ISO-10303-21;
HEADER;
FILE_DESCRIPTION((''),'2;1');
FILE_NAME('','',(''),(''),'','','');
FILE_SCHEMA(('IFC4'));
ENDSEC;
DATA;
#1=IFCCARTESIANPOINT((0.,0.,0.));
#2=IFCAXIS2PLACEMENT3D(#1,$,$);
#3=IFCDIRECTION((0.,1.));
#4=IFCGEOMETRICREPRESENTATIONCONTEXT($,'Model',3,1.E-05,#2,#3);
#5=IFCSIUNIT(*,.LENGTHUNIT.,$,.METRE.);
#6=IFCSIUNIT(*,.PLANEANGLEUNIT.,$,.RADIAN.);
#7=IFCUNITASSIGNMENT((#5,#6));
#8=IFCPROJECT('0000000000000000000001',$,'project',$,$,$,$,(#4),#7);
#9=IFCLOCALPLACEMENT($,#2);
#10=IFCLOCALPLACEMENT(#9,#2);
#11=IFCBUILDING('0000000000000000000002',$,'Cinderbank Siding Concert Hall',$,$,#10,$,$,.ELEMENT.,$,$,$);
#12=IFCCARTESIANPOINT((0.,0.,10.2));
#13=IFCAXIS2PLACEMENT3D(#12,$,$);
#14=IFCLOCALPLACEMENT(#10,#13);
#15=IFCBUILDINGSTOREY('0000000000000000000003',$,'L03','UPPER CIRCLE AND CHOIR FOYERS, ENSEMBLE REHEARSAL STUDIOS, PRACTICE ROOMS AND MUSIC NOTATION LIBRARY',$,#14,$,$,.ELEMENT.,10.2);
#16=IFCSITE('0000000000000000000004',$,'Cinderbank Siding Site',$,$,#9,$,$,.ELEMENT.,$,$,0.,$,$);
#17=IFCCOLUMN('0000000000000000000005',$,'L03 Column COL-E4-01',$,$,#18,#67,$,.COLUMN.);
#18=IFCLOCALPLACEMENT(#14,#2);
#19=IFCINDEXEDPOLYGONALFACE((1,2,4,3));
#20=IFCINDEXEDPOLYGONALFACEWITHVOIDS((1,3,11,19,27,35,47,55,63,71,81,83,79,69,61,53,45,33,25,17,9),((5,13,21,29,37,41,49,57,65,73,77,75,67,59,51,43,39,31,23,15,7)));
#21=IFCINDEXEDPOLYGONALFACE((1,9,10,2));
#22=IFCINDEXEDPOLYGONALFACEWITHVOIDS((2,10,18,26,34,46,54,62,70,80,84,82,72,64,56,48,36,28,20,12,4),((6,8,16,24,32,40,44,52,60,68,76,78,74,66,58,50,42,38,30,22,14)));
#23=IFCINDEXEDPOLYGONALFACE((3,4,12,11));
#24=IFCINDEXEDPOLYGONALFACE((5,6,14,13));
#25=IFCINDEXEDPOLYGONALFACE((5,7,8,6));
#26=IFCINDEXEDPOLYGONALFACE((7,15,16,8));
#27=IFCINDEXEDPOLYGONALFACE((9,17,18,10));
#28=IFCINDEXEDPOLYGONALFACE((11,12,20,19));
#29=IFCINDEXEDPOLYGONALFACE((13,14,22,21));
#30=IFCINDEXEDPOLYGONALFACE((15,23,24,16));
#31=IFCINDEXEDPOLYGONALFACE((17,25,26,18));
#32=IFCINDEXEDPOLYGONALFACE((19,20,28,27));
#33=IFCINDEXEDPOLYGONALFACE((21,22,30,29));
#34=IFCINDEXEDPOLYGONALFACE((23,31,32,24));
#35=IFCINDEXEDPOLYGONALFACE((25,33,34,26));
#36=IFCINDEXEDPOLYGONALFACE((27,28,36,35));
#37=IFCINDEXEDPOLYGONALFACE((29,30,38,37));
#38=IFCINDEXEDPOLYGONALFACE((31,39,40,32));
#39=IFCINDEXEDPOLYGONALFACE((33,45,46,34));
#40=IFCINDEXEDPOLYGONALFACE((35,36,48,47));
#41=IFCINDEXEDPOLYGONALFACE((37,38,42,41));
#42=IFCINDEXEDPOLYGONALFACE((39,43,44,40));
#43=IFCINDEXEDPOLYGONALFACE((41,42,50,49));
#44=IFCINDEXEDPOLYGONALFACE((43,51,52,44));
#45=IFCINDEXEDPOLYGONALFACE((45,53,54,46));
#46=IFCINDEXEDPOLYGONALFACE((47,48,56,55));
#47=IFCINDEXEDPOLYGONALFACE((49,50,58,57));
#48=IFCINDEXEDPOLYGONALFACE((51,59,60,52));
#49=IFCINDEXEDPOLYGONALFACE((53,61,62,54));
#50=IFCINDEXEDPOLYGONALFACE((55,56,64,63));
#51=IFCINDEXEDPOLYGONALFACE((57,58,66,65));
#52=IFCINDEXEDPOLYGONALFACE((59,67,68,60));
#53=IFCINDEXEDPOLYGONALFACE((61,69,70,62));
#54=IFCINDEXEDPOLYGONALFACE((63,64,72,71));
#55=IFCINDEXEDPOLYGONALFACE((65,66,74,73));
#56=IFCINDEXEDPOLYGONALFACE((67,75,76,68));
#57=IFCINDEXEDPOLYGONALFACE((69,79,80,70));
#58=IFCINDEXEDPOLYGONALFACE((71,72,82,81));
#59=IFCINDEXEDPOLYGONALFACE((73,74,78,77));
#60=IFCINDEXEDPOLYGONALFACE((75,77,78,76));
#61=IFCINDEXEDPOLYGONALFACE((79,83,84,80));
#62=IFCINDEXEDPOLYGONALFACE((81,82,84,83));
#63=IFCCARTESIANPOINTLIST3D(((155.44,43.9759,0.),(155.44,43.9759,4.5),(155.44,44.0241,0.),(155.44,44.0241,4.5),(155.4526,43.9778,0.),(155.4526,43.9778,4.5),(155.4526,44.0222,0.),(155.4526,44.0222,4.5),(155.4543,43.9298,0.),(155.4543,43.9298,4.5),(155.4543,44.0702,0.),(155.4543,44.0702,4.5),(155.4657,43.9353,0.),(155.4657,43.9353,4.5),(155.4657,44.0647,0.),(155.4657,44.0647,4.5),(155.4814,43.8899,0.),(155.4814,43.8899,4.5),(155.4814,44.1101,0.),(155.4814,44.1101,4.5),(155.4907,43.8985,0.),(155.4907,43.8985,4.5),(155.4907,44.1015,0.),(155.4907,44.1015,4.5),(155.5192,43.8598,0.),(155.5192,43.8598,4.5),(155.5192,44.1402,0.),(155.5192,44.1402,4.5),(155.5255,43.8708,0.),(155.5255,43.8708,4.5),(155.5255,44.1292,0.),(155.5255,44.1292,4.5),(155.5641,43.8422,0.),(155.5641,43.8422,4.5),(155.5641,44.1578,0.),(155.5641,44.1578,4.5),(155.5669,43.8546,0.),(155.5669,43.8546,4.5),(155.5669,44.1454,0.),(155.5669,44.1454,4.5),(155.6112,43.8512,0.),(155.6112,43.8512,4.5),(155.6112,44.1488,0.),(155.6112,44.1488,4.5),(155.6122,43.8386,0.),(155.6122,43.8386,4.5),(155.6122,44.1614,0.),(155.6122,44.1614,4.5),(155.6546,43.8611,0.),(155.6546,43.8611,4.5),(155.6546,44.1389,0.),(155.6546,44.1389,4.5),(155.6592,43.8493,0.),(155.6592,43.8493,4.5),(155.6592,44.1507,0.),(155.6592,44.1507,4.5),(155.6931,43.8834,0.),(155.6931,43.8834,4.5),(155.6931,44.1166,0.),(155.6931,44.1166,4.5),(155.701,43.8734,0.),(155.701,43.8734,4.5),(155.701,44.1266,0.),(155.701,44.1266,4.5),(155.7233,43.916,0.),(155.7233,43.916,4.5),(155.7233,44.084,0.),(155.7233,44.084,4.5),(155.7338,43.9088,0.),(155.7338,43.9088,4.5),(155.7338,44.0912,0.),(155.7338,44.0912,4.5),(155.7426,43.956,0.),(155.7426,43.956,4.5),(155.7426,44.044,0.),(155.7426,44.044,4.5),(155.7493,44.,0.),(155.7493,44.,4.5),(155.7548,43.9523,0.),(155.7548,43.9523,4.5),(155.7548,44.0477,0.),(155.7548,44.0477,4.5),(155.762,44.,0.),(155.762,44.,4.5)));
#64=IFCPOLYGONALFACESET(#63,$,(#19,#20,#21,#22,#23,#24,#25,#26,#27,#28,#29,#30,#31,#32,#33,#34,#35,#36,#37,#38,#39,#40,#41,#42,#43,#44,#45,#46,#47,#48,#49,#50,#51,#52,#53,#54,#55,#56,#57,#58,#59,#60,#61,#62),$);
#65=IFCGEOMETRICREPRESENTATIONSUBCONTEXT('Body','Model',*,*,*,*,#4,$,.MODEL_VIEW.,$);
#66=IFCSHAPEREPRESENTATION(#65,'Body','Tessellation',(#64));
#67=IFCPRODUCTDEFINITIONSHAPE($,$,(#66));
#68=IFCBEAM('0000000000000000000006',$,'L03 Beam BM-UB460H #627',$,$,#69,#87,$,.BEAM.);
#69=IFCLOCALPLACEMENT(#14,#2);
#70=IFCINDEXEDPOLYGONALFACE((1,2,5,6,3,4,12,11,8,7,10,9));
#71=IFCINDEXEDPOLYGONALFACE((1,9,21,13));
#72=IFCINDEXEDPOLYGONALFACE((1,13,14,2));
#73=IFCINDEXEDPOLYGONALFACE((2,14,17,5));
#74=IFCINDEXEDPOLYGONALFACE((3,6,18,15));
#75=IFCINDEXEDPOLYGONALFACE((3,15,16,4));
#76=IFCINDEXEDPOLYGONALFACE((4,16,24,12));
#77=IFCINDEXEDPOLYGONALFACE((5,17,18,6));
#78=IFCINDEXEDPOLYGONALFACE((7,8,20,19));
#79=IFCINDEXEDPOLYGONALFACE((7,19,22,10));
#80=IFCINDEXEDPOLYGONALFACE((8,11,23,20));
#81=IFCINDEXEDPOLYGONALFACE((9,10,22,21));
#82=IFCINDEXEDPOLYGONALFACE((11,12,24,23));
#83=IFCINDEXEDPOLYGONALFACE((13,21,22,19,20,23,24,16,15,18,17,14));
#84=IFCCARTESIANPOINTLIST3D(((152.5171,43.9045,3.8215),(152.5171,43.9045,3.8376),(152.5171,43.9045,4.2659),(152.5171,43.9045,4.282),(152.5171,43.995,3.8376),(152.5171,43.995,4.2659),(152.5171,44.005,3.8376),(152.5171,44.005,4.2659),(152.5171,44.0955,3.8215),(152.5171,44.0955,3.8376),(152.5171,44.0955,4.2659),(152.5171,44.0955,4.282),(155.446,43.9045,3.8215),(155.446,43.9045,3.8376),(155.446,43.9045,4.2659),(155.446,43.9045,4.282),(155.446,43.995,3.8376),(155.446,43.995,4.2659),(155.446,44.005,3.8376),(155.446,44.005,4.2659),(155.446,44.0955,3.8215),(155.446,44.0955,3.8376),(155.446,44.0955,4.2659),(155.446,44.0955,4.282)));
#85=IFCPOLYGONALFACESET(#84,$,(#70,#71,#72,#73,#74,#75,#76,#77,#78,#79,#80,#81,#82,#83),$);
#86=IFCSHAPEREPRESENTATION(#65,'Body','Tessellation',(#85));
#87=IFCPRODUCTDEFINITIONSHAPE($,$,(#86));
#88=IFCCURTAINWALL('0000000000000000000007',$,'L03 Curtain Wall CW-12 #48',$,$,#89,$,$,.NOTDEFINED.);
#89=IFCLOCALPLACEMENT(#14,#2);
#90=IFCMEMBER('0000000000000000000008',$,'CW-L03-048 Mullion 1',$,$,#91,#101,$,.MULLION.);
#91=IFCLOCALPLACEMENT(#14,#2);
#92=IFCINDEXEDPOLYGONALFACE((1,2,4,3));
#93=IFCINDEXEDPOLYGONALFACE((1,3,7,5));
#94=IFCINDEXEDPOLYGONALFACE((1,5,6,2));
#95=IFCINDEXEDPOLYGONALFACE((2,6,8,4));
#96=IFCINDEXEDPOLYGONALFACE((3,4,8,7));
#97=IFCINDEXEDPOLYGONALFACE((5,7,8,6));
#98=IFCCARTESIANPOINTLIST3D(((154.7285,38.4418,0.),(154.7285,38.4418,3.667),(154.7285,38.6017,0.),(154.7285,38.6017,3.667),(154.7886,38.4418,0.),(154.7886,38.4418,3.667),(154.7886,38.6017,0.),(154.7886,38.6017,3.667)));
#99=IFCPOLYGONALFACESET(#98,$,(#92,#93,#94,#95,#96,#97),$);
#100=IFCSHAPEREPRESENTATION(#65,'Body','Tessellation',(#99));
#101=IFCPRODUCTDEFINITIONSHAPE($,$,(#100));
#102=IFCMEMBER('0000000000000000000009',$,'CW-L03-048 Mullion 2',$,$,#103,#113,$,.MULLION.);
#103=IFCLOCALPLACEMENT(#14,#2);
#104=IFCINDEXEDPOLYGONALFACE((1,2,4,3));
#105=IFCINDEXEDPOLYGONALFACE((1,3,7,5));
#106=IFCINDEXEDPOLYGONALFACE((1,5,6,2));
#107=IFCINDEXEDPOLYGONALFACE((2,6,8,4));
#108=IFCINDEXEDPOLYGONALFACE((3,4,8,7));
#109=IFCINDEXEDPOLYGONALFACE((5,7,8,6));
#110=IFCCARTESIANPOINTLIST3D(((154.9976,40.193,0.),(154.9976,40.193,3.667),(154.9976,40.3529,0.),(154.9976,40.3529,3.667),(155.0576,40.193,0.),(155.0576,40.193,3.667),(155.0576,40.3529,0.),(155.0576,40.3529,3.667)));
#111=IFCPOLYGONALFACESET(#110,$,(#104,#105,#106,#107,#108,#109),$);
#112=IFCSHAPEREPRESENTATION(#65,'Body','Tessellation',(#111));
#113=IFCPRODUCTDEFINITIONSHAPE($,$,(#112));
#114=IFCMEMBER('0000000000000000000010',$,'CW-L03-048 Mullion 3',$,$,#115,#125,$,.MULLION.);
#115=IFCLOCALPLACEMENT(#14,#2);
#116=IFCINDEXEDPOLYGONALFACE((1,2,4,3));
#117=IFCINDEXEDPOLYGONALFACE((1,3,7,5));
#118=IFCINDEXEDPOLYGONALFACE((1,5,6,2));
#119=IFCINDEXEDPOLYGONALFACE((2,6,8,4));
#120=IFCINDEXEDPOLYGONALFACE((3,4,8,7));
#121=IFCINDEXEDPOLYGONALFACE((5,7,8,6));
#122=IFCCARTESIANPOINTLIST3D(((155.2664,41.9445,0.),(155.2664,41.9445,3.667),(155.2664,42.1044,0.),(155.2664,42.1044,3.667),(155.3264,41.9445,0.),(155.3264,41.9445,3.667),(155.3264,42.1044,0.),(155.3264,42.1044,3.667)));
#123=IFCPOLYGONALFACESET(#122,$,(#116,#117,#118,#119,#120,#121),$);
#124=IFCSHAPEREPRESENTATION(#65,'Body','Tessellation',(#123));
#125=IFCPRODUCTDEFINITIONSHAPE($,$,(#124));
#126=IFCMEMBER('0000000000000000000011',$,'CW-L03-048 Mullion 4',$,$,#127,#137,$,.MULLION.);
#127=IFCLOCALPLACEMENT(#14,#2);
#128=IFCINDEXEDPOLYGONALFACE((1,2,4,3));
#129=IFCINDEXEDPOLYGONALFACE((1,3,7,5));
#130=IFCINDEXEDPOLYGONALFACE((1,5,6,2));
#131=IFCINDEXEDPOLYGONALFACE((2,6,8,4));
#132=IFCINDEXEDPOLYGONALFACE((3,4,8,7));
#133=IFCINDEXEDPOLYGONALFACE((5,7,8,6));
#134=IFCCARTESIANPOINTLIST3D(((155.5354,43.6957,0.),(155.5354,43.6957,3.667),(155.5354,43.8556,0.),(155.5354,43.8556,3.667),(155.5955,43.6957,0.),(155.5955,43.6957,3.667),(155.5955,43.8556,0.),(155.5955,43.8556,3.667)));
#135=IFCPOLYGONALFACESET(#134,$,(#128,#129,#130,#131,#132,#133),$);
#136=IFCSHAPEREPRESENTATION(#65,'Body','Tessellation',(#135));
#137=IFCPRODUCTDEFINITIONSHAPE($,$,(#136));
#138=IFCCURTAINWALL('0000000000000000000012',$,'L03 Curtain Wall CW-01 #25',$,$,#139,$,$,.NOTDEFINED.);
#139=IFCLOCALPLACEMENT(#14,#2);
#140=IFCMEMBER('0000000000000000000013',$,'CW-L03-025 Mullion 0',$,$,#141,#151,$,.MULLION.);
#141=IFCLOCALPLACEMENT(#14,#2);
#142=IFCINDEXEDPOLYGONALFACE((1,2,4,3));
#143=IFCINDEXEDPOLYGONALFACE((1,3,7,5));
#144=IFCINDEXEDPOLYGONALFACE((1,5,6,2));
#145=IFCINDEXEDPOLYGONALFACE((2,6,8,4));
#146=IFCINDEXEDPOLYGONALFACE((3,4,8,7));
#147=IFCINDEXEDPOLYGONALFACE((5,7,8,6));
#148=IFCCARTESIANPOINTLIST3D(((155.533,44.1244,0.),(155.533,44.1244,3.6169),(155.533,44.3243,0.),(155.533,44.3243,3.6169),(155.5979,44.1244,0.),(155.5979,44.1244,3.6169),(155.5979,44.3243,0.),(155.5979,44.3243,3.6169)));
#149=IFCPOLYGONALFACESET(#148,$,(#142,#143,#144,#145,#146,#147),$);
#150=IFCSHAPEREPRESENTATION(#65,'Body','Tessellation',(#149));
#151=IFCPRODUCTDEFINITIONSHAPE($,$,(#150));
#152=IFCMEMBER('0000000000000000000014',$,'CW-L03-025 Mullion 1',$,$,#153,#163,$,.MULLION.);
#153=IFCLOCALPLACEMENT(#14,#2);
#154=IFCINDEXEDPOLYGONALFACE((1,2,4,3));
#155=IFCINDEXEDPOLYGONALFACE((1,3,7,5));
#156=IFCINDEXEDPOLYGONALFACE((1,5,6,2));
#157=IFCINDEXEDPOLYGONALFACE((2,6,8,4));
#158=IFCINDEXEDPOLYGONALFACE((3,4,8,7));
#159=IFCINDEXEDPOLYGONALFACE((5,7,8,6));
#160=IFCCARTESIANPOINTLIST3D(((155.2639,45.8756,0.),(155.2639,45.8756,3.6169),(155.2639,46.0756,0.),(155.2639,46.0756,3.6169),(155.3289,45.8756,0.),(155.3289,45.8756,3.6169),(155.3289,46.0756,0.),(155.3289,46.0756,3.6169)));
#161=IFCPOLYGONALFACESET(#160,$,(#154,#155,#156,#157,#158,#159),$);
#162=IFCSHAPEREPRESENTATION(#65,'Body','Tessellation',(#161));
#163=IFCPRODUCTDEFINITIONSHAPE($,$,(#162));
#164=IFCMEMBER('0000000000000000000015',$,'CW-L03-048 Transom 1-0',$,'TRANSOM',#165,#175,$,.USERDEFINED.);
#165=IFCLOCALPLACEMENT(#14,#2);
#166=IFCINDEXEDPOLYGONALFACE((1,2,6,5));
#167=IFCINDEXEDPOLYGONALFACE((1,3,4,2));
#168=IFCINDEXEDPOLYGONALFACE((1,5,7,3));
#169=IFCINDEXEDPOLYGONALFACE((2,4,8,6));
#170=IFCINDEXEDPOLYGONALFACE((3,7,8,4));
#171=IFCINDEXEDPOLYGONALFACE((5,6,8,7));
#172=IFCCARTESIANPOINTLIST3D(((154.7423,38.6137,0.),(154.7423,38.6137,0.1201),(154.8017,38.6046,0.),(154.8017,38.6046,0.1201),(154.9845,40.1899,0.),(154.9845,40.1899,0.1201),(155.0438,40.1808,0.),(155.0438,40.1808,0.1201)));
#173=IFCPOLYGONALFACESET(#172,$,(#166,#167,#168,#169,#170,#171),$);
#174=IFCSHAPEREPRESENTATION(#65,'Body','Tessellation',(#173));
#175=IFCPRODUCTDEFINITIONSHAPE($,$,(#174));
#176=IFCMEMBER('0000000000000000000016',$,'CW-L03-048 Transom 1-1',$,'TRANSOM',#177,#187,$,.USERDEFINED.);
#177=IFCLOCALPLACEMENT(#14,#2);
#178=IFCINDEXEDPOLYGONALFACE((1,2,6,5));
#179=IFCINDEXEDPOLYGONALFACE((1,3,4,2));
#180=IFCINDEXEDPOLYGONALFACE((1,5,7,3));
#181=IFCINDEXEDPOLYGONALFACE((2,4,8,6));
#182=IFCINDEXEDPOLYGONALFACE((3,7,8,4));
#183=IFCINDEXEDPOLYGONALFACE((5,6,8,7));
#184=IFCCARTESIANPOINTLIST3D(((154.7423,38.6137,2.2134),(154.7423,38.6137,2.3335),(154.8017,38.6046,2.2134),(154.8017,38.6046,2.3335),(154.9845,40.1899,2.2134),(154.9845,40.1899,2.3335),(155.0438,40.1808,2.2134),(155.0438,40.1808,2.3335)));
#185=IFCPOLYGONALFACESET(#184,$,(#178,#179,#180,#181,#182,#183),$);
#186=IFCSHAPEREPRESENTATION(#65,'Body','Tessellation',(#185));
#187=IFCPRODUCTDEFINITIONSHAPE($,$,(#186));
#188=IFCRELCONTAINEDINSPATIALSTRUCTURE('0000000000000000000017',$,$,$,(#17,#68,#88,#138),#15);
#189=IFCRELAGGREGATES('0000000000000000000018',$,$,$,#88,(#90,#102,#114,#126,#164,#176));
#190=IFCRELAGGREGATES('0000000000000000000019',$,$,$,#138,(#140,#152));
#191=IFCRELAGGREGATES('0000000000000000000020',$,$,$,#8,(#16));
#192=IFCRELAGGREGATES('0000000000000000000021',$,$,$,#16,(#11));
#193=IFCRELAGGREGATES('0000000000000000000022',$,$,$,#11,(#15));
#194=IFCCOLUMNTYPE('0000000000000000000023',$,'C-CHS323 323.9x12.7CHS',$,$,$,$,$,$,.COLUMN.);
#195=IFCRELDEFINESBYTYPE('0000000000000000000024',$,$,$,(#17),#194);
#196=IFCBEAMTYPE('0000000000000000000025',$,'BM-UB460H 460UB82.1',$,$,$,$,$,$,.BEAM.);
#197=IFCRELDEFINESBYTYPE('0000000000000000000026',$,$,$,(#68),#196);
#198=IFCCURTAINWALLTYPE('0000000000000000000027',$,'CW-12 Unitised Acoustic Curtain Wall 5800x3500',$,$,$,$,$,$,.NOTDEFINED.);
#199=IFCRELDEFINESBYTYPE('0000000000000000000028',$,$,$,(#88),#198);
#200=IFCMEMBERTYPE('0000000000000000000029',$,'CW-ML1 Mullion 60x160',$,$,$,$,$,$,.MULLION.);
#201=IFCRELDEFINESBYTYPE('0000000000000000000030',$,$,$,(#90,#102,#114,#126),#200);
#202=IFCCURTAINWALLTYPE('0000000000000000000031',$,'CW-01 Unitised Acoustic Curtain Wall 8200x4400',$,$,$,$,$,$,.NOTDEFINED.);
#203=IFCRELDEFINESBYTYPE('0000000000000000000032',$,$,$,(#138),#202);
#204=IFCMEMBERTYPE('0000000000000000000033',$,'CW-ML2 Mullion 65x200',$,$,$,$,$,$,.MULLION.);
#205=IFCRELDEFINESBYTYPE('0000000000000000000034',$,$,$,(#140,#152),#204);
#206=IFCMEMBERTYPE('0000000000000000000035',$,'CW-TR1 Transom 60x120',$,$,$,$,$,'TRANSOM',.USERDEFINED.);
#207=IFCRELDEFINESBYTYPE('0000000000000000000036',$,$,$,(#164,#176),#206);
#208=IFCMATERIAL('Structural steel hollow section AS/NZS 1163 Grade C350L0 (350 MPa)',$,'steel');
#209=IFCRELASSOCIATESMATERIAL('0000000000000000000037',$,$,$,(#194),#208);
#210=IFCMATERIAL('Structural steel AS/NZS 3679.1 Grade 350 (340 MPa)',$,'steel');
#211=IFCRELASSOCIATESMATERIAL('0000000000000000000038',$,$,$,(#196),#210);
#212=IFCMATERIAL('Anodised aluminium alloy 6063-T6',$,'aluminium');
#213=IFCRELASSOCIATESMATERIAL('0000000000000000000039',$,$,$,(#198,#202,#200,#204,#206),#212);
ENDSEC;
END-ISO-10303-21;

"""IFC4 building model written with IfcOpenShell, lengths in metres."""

from ifc_helpers import new_model, si_unit, direction, frame, origin, origin_2d, place, context, subcontext, project, spatial, rectangle, hollow_circle, i_section, extrude, material, material_profile, profile_set, type_object, element, aggregate, save


model = new_model("IFC4")

# Units and contexts
model_context = context("Model", 3, precision=1e-05, world=origin(), true_north=direction((0.0, 1.0)))
body_context = subcontext(model_context, "Body", "Model", "MODEL_VIEW")
ifc_project = project(units=[si_unit("LENGTHUNIT", "METRE"), si_unit("PLANEANGLEUNIT", "RADIAN")], contexts=[model_context])

# Site, building, storey
site_placement = place(None, origin())
site = spatial("IfcSite", under=ifc_project, at=site_placement, Name="Cinderbank Siding Site", CompositionType="ELEMENT", RefElevation=0.0)
building_placement = place(site_placement, origin())
building = spatial("IfcBuilding", under=site, at=building_placement, Name="Cinderbank Siding Concert Hall", CompositionType="ELEMENT")
storey_placement = place(building_placement, frame((0.0, 0.0, 10.2)))
storey = spatial("IfcBuildingStorey", under=building, at=storey_placement, Name="L03", Description="UPPER CIRCLE AND CHOIR FOYERS, ENSEMBLE REHEARSAL STUDIOS, PRACTICE ROOMS AND MUSIC NOTATION LIBRARY", CompositionType="ELEMENT", Elevation=10.2)

# Column
ifc_material_1 = material(Name="Structural steel hollow section AS/NZS 1163 Grade C350L0 (350 MPa)", Category="steel")
ifc_material_profile_1 = material_profile(ifc_material_1, hollow_circle(Radius=0.1619, WallThickness=0.0127, at=origin_2d()), Name="323.9x12.7CHS", Category="LoadBearing")
ifc_profile_set_1 = profile_set([ifc_material_profile_1], Name="Structural steel hollow section AS/NZS 1163 Grade C350L0 (350 MPa)")
column_type = type_object("IfcColumnType", Name="C-CHS323 323.9x12.7CHS", PredefinedType="COLUMN", material=ifc_profile_set_1)
column_placement = place(storey_placement, frame((155.6001, 44.0, 0.0), z_axis=(0.0, 0.0, 1.0), x_axis=(1.0, 0.0, 0.0)))
element("IfcColumn", 1, at=column_placement, inside=storey, type_object=column_type, Name="L03 Column COL-E4-01", PredefinedType="COLUMN", context=body_context, shape_type="SweptSolid", body=[
    extrude(hollow_circle(Radius=0.1619, WallThickness=0.0127, at=origin_2d()), origin(), (0.0, 0.0, 1.0), 4.5),
])

# Beam
ifc_material_2 = material(Name="Structural steel AS/NZS 3679.1 Grade 350 (340 MPa)", Category="steel")
ifc_material_profile_2 = material_profile(ifc_material_2, i_section(OverallWidth=0.1909, OverallDepth=0.4604, WebThickness=0.01, FlangeThickness=0.0161, at=origin_2d()), Name="460UB82.1", Category="LoadBearing")
ifc_profile_set_2 = profile_set([ifc_material_profile_2], Name="Structural steel AS/NZS 3679.1 Grade 350 (340 MPa)")
beam_type_1 = type_object("IfcBeamType", Name="BM-UB460H 460UB82.1", PredefinedType="BEAM", material=ifc_profile_set_2)
beam_1_placement = place(storey_placement, frame((152.5171, 44.0, 4.0518), z_axis=(1.0, 0.0, 0.0), x_axis=(0.0, 1.0, 0.0)))
element("IfcBeam", 2, at=beam_1_placement, inside=storey, type_object=beam_type_1, Name="L03 Beam BM-UB460H #627", PredefinedType="BEAM", context=body_context, shape_type="SweptSolid", body=[
    extrude(i_section(OverallWidth=0.1909, OverallDepth=0.4604, WebThickness=0.01, FlangeThickness=0.0161, at=origin_2d()), origin(), (0.0, 0.0, 1.0), 2.929),
])

# Curtain walls, members
ifc_material_3 = material(Name="Anodised aluminium alloy 6063-T6", Category="aluminium")
curtain_wall_type_1 = type_object("IfcCurtainWallType", Name="CW-12 Unitised Acoustic Curtain Wall 5800x3500", PredefinedType="NOTDEFINED", material=ifc_material_3)
curtain_wall_1_placement = place(storey_placement, origin())
curtain_wall_1 = element("IfcCurtainWall", 3, at=curtain_wall_1_placement, inside=storey, type_object=curtain_wall_type_1, Name="L03 Curtain Wall CW-12 #48", PredefinedType="NOTDEFINED")
ifc_material_profile_3 = material_profile(ifc_material_3, rectangle(XDim=0.0601, YDim=0.1599, at=origin_2d()), Name="ALU-MULL-60x160", Category="LoadBearing")
ifc_profile_set_3 = profile_set([ifc_material_profile_3], Name="Anodised aluminium alloy 6063-T6")
member_type_1 = type_object("IfcMemberType", Name="CW-ML1 Mullion 60x160", PredefinedType="MULLION", material=ifc_profile_set_3)
member_1_placement = place(storey_placement, frame((154.7585, 38.5217, 0.0), z_axis=(0.0, 0.0, 1.0), x_axis=(1.0, 0.0, 0.0)))
member_1 = element("IfcMember", 4, at=member_1_placement, type_object=member_type_1, Name="CW-L03-048 Mullion 1", PredefinedType="MULLION", context=body_context, shape_type="SweptSolid", body=[
    extrude(rectangle(XDim=0.0601, YDim=0.1599, at=origin_2d()), origin(), (0.0, 0.0, 1.0), 3.667),
])
member_2_placement = place(storey_placement, frame((155.0276, 40.2729, 0.0), z_axis=(0.0, 0.0, 1.0), x_axis=(1.0, 0.0, 0.0)))
member_2 = element("IfcMember", 5, at=member_2_placement, type_object=member_type_1, Name="CW-L03-048 Mullion 2", PredefinedType="MULLION", context=body_context, shape_type="SweptSolid", body=[
    extrude(rectangle(XDim=0.0601, YDim=0.1599, at=origin_2d()), origin(), (0.0, 0.0, 1.0), 3.667),
])
member_3_placement = place(storey_placement, frame((155.2964, 42.0244, 0.0), z_axis=(0.0, 0.0, 1.0), x_axis=(1.0, 0.0, 0.0)))
member_3 = element("IfcMember", 6, at=member_3_placement, type_object=member_type_1, Name="CW-L03-048 Mullion 3", PredefinedType="MULLION", context=body_context, shape_type="SweptSolid", body=[
    extrude(rectangle(XDim=0.0601, YDim=0.1599, at=origin_2d()), origin(), (0.0, 0.0, 1.0), 3.667),
])
member_4_placement = place(storey_placement, frame((155.5654, 43.7756, 0.0), z_axis=(0.0, 0.0, 1.0), x_axis=(1.0, 0.0, 0.0)))
member_4 = element("IfcMember", 7, at=member_4_placement, type_object=member_type_1, Name="CW-L03-048 Mullion 4", PredefinedType="MULLION", context=body_context, shape_type="SweptSolid", body=[
    extrude(rectangle(XDim=0.0601, YDim=0.1599, at=origin_2d()), origin(), (0.0, 0.0, 1.0), 3.667),
])
curtain_wall_type_2 = type_object("IfcCurtainWallType", Name="CW-01 Unitised Acoustic Curtain Wall 8200x4400", PredefinedType="NOTDEFINED", material=ifc_material_3)
curtain_wall_2_placement = place(storey_placement, origin())
curtain_wall_2 = element("IfcCurtainWall", 8, at=curtain_wall_2_placement, inside=storey, type_object=curtain_wall_type_2, Name="L03 Curtain Wall CW-01 #25", PredefinedType="NOTDEFINED")
ifc_material_profile_4 = material_profile(ifc_material_3, rectangle(XDim=0.0649, YDim=0.2, at=origin_2d()), Name="ALU-MULL-65x200", Category="LoadBearing")
ifc_profile_set_4 = profile_set([ifc_material_profile_4], Name="Anodised aluminium alloy 6063-T6")
member_type_2 = type_object("IfcMemberType", Name="CW-ML2 Mullion 65x200", PredefinedType="MULLION", material=ifc_profile_set_4)
member_5_placement = place(storey_placement, frame((155.5654, 44.2244, 0.0), z_axis=(0.0, 0.0, 1.0), x_axis=(1.0, 0.0, 0.0)))
member_5 = element("IfcMember", 9, at=member_5_placement, type_object=member_type_2, Name="CW-L03-025 Mullion 0", PredefinedType="MULLION", context=body_context, shape_type="SweptSolid", body=[
    extrude(rectangle(XDim=0.0649, YDim=0.2, at=origin_2d()), origin(), (0.0, 0.0, 1.0), 3.6169),
])
member_6_placement = place(storey_placement, frame((155.2964, 45.9756, 0.0), z_axis=(0.0, 0.0, 1.0), x_axis=(1.0, 0.0, 0.0)))
member_6 = element("IfcMember", 10, at=member_6_placement, type_object=member_type_2, Name="CW-L03-025 Mullion 1", PredefinedType="MULLION", context=body_context, shape_type="SweptSolid", body=[
    extrude(rectangle(XDim=0.0649, YDim=0.2, at=origin_2d()), origin(), (0.0, 0.0, 1.0), 3.6169),
])

# Members
ifc_material_profile_5 = material_profile(ifc_material_3, rectangle(XDim=0.0601, YDim=0.1201, at=origin_2d()), Name="ALU-TRAN-60x120", Category="LoadBearing")
ifc_profile_set_5 = profile_set([ifc_material_profile_5], Name="Anodised aluminium alloy 6063-T6")
member_type_3 = type_object("IfcMemberType", Name="CW-TR1 Transom 60x120", ElementType="TRANSOM", PredefinedType="USERDEFINED", material=ifc_profile_set_5)
member_7_placement = place(storey_placement, frame((154.772, 38.6091, 0.0601), z_axis=(0.151873, 0.9884, 0.0), x_axis=(-0.9884, 0.151873, 0.0)))
member_7 = element("IfcMember", 11, at=member_7_placement, type_object=member_type_3, Name="CW-L03-048 Transom 1-0", ObjectType="TRANSOM", PredefinedType="USERDEFINED", context=body_context, shape_type="SweptSolid", body=[
    extrude(rectangle(XDim=0.0601, YDim=0.1201, at=origin_2d()), origin(), (0.0, 0.0, 1.0), 1.5947),
])
member_8_placement = place(storey_placement, frame((154.772, 38.6091, 2.2734), z_axis=(0.151873, 0.9884, 0.0), x_axis=(-0.9884, 0.151873, 0.0)))
member_8 = element("IfcMember", 12, at=member_8_placement, type_object=member_type_3, Name="CW-L03-048 Transom 1-1", ObjectType="TRANSOM", PredefinedType="USERDEFINED", context=body_context, shape_type="SweptSolid", body=[
    extrude(rectangle(XDim=0.0601, YDim=0.1201, at=origin_2d()), origin(), (0.0, 0.0, 1.0), 1.5947),
])

aggregate(curtain_wall_1, [member_1, member_2, member_3, member_4, member_7, member_8])
aggregate(curtain_wall_2, [member_5, member_6])

save(model, "model.ifc")
